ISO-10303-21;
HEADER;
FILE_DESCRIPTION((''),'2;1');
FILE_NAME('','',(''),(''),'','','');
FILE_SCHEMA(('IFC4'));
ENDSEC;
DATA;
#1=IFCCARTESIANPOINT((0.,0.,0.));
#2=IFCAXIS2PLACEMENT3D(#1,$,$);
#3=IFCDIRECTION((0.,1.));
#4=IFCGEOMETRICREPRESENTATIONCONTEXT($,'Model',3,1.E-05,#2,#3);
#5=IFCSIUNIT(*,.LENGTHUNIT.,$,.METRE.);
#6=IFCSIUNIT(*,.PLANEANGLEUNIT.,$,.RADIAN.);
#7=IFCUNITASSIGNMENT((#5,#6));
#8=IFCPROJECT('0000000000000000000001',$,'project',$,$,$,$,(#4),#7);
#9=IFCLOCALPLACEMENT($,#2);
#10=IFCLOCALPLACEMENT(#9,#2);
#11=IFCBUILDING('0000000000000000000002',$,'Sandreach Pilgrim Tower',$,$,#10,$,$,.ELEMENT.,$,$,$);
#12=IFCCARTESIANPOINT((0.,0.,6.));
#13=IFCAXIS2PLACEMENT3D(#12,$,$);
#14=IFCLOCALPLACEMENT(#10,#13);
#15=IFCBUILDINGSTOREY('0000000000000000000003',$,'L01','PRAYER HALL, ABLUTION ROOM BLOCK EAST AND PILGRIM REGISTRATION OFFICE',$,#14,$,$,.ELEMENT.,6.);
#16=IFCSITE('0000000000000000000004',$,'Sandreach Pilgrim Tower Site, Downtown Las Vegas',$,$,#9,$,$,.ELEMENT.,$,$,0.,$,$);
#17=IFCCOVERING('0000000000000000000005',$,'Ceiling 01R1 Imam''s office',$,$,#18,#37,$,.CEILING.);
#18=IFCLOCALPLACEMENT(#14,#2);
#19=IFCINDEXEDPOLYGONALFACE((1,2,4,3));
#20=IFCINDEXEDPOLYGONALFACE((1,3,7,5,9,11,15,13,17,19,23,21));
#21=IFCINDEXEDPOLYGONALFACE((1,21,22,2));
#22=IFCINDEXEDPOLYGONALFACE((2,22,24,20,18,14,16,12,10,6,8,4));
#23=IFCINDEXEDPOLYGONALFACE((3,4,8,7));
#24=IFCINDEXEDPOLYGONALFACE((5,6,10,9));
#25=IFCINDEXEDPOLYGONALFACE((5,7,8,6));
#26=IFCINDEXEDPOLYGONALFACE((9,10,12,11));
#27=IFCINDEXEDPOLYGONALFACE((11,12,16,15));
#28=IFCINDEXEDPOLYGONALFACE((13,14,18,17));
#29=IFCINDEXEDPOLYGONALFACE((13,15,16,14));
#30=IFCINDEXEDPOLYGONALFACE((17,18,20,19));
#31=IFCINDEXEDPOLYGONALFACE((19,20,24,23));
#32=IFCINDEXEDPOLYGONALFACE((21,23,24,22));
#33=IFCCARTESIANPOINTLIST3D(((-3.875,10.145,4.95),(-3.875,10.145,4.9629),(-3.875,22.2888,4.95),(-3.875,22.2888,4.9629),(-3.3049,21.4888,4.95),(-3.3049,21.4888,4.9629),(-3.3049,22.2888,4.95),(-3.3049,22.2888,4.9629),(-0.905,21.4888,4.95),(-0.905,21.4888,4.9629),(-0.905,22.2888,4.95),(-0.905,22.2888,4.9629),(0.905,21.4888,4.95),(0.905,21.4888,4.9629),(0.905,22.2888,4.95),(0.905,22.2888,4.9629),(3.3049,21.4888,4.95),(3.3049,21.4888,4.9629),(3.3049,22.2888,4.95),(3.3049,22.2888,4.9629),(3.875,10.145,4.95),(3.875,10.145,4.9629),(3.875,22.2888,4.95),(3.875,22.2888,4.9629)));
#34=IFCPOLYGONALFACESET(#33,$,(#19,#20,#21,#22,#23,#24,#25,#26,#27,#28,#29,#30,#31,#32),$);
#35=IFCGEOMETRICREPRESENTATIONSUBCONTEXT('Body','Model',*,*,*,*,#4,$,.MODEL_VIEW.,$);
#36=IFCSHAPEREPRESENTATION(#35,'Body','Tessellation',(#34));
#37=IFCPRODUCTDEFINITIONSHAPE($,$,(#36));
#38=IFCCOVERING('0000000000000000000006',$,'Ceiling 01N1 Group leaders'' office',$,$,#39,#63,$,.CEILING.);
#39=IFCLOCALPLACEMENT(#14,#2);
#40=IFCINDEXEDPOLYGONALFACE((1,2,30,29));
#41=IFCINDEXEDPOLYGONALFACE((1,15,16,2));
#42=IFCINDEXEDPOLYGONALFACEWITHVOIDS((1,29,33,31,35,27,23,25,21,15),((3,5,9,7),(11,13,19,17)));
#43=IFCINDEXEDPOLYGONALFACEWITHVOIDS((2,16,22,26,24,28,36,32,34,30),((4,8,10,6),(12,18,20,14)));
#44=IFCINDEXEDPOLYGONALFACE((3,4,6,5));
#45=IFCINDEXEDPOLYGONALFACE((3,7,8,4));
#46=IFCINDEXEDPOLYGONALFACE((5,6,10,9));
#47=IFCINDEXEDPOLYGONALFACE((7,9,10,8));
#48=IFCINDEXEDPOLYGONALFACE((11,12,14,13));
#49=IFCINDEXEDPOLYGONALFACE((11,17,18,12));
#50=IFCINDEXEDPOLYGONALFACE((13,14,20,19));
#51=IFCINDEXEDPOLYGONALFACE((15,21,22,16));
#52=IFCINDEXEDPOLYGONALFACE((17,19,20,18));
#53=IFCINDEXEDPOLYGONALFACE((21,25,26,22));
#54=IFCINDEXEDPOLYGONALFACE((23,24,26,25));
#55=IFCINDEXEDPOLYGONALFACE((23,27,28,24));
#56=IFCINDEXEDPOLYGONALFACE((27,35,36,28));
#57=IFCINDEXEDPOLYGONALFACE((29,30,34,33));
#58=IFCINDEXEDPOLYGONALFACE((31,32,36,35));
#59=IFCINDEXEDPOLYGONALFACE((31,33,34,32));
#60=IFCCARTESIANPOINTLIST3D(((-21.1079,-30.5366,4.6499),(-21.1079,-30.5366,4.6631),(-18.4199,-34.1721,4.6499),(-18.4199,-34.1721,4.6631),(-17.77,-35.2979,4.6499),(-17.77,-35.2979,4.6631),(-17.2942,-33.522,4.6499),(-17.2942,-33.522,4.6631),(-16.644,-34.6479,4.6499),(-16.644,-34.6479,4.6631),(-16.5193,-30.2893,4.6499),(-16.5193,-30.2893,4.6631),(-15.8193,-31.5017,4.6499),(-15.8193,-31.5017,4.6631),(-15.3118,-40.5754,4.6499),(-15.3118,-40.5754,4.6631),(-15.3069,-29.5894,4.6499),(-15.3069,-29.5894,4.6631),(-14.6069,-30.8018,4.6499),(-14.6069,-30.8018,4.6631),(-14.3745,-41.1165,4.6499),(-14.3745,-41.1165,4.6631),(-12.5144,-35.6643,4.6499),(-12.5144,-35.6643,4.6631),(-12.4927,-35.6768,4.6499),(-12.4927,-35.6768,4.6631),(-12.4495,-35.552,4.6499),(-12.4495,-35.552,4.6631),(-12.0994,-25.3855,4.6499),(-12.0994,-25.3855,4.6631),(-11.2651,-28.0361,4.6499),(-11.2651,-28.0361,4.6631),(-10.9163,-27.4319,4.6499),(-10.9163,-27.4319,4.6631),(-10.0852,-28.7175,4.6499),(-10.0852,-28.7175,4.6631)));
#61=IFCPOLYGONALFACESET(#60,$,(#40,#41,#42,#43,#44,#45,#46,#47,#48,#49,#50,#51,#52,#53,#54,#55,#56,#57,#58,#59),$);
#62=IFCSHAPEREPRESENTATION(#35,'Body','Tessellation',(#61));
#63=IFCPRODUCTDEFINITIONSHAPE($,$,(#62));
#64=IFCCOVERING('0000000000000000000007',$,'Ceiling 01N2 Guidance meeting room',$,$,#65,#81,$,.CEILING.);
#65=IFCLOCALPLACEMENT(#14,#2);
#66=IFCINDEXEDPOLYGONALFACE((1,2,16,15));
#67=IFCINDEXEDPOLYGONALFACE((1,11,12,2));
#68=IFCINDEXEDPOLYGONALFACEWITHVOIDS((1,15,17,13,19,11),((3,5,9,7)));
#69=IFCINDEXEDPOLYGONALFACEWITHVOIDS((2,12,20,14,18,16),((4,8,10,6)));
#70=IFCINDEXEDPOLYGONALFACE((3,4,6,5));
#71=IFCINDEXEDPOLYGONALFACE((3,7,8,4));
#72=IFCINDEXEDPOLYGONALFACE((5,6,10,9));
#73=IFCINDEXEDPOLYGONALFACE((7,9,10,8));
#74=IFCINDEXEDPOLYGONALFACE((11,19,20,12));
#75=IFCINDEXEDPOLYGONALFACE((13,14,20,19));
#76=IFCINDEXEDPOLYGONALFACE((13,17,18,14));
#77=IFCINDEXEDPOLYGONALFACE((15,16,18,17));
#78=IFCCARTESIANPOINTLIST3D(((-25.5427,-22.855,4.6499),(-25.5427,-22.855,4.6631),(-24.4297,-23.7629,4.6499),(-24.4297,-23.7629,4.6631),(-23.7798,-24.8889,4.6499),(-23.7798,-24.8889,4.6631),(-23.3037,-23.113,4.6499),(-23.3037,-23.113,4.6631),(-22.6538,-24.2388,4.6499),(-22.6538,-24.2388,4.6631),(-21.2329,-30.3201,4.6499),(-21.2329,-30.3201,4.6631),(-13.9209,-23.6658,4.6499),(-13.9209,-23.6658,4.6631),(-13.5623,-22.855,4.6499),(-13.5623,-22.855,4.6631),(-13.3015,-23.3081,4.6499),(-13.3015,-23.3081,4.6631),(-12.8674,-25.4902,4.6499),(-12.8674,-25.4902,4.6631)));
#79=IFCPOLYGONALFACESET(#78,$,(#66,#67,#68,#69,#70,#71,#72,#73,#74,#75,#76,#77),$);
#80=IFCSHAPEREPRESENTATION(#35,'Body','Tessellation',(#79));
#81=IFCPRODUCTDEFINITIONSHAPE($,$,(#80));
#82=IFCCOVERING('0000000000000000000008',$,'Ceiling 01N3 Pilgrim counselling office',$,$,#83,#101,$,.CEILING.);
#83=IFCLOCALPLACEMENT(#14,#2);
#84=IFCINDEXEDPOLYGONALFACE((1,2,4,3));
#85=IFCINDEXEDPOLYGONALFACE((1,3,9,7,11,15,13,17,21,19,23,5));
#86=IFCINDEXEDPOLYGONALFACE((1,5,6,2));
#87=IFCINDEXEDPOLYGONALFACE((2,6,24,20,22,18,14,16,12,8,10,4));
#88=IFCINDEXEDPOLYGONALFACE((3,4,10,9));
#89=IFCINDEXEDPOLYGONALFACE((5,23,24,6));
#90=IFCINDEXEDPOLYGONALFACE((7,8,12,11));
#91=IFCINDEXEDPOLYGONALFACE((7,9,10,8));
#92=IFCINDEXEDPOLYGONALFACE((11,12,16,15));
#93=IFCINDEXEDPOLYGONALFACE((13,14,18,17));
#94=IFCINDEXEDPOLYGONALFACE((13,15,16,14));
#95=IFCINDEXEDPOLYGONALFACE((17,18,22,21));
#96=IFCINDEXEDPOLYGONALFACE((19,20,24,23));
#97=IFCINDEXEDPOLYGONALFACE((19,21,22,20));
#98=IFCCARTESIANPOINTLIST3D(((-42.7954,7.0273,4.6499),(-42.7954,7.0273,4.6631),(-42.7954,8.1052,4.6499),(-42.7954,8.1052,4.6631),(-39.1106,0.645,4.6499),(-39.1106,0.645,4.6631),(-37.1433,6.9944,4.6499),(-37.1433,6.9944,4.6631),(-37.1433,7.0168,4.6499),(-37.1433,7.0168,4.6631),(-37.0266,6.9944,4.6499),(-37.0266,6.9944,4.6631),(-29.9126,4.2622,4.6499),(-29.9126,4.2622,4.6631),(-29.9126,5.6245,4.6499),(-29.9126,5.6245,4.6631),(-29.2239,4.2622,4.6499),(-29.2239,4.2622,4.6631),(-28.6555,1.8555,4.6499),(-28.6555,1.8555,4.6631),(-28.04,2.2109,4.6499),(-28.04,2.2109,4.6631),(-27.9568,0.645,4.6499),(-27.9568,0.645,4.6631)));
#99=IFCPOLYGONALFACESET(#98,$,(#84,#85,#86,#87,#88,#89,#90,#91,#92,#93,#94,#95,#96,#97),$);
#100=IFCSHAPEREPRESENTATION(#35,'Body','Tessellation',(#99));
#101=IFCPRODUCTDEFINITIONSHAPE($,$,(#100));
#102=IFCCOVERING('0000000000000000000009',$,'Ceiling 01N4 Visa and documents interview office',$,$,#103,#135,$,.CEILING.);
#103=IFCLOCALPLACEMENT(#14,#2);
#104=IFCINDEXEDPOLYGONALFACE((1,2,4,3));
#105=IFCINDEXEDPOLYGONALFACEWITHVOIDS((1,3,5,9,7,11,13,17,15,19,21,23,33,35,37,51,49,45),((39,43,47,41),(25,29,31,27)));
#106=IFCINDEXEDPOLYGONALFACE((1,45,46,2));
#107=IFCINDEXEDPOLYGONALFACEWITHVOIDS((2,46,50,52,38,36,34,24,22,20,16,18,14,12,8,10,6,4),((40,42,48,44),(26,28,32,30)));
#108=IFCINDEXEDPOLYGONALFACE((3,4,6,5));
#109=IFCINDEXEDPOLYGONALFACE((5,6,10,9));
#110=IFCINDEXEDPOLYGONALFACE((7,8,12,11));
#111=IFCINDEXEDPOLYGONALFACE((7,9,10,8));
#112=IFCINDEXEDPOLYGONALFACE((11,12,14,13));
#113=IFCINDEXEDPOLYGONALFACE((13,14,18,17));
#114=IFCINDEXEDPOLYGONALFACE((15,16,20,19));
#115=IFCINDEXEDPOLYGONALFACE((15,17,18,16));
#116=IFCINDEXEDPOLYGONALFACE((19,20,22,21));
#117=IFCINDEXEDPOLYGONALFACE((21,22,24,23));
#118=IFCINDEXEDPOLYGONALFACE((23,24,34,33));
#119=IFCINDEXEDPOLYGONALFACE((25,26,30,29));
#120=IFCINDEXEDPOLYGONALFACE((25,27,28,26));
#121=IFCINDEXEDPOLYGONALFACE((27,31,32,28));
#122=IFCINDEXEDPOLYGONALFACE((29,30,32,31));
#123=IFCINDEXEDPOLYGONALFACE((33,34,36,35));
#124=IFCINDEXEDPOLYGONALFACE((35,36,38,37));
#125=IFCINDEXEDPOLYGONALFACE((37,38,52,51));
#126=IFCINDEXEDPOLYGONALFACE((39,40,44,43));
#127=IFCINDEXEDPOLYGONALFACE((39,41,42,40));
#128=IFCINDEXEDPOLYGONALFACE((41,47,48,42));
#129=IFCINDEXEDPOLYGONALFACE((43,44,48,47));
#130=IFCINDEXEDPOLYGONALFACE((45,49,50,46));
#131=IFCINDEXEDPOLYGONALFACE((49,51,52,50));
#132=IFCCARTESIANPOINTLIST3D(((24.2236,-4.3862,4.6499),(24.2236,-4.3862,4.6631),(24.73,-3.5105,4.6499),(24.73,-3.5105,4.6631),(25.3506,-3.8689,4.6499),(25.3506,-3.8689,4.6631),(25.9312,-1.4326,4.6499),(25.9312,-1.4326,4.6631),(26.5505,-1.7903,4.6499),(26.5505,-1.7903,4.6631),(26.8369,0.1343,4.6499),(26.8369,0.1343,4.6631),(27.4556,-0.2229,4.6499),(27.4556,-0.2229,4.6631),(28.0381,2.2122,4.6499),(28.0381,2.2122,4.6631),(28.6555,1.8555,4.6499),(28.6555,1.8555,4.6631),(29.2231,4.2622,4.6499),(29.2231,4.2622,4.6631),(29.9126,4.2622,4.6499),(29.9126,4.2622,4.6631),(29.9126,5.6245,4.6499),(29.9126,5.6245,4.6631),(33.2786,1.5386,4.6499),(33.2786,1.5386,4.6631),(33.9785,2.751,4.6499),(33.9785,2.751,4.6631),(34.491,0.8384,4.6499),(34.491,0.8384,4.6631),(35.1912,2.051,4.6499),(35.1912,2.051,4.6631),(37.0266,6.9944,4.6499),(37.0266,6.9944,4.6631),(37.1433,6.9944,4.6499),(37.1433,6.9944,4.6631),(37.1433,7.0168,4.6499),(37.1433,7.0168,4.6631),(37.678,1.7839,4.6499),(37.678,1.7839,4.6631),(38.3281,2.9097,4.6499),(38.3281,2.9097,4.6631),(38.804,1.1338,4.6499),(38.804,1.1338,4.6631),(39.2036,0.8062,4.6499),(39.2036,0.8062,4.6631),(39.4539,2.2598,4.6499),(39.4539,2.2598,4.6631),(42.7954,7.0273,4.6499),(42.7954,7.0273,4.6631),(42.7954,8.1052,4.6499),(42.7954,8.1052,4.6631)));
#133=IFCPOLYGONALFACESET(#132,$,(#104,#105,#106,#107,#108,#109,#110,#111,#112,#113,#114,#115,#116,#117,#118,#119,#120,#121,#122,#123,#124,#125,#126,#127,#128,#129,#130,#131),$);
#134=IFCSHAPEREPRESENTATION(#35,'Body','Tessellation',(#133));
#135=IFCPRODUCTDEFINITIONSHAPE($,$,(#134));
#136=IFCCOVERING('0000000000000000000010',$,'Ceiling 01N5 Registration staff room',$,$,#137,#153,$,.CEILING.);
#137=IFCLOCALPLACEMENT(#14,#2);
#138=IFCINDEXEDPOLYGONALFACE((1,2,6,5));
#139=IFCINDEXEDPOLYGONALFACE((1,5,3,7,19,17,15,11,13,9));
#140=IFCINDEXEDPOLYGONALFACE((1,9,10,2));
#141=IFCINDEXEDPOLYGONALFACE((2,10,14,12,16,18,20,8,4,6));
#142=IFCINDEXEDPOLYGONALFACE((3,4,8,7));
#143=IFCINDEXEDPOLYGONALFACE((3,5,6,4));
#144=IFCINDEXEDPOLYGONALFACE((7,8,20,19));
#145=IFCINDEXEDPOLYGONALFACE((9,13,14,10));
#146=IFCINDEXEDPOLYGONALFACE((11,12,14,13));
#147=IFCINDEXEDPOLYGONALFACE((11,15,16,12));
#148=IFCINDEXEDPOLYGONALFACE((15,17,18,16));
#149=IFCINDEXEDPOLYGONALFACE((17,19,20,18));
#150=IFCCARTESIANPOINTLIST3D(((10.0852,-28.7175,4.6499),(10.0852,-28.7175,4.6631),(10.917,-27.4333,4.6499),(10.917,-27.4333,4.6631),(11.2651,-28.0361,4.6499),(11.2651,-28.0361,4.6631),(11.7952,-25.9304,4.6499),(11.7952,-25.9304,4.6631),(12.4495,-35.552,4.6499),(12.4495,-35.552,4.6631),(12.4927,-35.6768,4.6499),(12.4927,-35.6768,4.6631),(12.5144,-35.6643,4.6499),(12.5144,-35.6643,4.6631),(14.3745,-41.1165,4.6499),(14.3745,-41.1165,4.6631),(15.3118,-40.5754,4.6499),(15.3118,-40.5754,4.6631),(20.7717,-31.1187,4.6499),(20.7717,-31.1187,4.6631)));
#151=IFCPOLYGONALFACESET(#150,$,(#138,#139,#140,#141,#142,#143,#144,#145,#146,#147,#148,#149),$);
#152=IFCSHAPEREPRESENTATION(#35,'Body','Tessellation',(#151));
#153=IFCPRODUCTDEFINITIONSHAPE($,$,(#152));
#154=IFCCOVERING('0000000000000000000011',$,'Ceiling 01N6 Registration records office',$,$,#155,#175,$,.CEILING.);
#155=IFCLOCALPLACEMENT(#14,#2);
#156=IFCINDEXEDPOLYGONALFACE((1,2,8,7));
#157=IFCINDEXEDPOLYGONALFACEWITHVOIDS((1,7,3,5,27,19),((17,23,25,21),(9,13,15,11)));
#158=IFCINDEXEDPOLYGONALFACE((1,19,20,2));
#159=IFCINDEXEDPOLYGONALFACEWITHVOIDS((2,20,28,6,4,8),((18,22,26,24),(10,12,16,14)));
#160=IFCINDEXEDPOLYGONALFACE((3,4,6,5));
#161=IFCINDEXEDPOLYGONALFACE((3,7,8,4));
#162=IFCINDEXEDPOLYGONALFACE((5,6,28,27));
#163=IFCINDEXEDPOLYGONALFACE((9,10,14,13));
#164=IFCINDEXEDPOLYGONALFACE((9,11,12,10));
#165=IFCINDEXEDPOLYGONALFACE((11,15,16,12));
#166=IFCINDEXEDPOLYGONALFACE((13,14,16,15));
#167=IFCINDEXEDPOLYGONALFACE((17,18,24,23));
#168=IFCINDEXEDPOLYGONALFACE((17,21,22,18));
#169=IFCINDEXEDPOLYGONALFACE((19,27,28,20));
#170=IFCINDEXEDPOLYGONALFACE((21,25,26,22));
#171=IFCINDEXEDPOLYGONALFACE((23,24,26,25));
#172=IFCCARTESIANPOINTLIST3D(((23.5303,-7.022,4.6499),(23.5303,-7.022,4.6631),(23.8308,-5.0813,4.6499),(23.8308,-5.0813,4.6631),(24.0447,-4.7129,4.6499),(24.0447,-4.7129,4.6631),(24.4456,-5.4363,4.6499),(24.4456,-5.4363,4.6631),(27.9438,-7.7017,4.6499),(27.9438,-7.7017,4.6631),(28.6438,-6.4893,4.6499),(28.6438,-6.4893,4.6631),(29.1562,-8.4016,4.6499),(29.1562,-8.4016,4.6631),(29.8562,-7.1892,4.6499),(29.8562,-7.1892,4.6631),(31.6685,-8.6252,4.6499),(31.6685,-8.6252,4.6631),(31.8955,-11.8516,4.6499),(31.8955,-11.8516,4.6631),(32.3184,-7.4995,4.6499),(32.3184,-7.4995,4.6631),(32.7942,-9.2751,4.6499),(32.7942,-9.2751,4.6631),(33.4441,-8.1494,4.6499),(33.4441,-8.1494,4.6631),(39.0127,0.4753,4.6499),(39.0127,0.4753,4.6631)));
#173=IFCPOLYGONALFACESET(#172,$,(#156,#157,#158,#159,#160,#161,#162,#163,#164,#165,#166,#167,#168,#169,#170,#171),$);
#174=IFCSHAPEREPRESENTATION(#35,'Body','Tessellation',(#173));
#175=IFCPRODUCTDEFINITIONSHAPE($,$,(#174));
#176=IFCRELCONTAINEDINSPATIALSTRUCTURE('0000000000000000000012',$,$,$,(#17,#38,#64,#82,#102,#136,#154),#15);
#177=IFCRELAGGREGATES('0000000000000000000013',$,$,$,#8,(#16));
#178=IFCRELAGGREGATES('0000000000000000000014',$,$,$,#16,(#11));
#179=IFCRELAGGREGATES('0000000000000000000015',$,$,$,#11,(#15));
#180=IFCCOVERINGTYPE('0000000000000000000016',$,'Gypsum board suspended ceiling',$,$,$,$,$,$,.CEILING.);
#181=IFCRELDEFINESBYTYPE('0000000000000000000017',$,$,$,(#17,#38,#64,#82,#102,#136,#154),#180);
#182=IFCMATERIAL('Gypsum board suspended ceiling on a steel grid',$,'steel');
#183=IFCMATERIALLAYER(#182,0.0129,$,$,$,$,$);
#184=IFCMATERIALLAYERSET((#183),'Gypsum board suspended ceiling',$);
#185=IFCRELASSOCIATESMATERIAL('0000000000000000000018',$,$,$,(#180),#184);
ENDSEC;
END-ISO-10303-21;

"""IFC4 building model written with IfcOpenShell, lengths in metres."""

from ifc_helpers import new_model, si_unit, direction, frame, origin, place, context, subcontext, project, spatial, polyline, outline, extrude, material, layer, layer_set, type_object, element, save


model = new_model("IFC4")

# Units and contexts
model_context = context("Model", 3, precision=1e-05, world=origin(), true_north=direction((0.0, 1.0)))
body_context = subcontext(model_context, "Body", "Model", "MODEL_VIEW")
ifc_project = project(units=[si_unit("LENGTHUNIT", "METRE"), si_unit("PLANEANGLEUNIT", "RADIAN")], contexts=[model_context])

# Site, building, storey
site_placement = place(None, origin())
site = spatial("IfcSite", under=ifc_project, at=site_placement, Name="Sandreach Pilgrim Tower Site, Downtown Las Vegas", CompositionType="ELEMENT", RefElevation=0.0)
building_placement = place(site_placement, origin())
building = spatial("IfcBuilding", under=site, at=building_placement, Name="Sandreach Pilgrim Tower", CompositionType="ELEMENT")
storey_placement = place(building_placement, frame((0.0, 0.0, 6.0)))
storey = spatial("IfcBuildingStorey", under=building, at=storey_placement, Name="L01", Description="PRAYER HALL, ABLUTION ROOM BLOCK EAST AND PILGRIM REGISTRATION OFFICE", CompositionType="ELEMENT", Elevation=6.0)

# Coverings
ifc_material_1 = material(Name="Gypsum board suspended ceiling on a steel grid", Category="steel")
ifc_layer_1 = layer(ifc_material_1, 0.0129)
ifc_layer_set_1 = layer_set([ifc_layer_1], Name="Gypsum board suspended ceiling")
covering_type_1 = type_object("IfcCoveringType", Name="Gypsum board suspended ceiling", PredefinedType="CEILING", material=ifc_layer_set_1)
covering_1_placement = place(storey_placement, frame((0.0, 0.0, 4.95)))
element("IfcCovering", 1, at=covering_1_placement, inside=storey, type_object=covering_type_1, Name="Ceiling 01R1 Imam's office", PredefinedType="CEILING", context=body_context, shape_type="SweptSolid", body=[
    extrude(outline(polyline([(0.905, 21.4888), (3.3049, 21.4888), (3.3049, 22.2888), (3.875, 22.2888), (3.875, 10.145), (-3.875, 10.145), (-3.875, 22.2888), (-3.3049, 22.2888), (-3.3049, 21.4888), (-0.905, 21.4888), (-0.905, 22.2888), (0.905, 22.2888), (0.905, 21.4888)])), origin(), (0.0, 0.0, 1.0), 0.0129),
])
covering_2_placement = place(storey_placement, frame((0.0, 0.0, 4.6499)))
element("IfcCovering", 2, at=covering_2_placement, inside=storey, type_object=covering_type_1, Name="Ceiling 01N1 Group leaders' office", PredefinedType="CEILING", context=body_context, shape_type="SweptSolid", body=[
    extrude(outline(polyline([(-21.1079, -30.5366), (-12.0994, -25.3855), (-10.9163, -27.4319), (-11.2651, -28.0361), (-10.0852, -28.7175), (-12.4495, -35.552), (-12.5144, -35.6643), (-12.4927, -35.6768), (-14.3745, -41.1165), (-15.3118, -40.5754), (-21.1079, -30.5366)]), holes=[polyline([(-15.8193, -31.5017), (-14.6069, -30.8018), (-15.3069, -29.5894), (-16.5193, -30.2893), (-15.8193, -31.5017)]), polyline([(-18.4199, -34.1721), (-17.77, -35.2979), (-16.644, -34.6479), (-17.2942, -33.522), (-18.4199, -34.1721)])]), origin(), (0.0, 0.0, 1.0), 0.0132),
])
covering_3_placement = place(storey_placement, frame((0.0, 0.0, 4.6499)))
element("IfcCovering", 3, at=covering_3_placement, inside=storey, type_object=covering_type_1, Name="Ceiling 01N2 Guidance meeting room", PredefinedType="CEILING", context=body_context, shape_type="SweptSolid", body=[
    extrude(outline(polyline([(-13.5623, -22.855), (-13.3015, -23.3081), (-13.9209, -23.6658), (-12.8674, -25.4902), (-21.2329, -30.3201), (-25.5427, -22.855), (-13.5623, -22.855)]), holes=[polyline([(-23.7798, -24.8889), (-22.6538, -24.2388), (-23.3037, -23.113), (-24.4297, -23.7629), (-23.7798, -24.8889)])]), origin(), (0.0, 0.0, 1.0), 0.0132),
])
covering_4_placement = place(storey_placement, frame((0.0, 0.0, 4.6499)))
element("IfcCovering", 4, at=covering_4_placement, inside=storey, type_object=covering_type_1, Name="Ceiling 01N3 Pilgrim counselling office", PredefinedType="CEILING", context=body_context, shape_type="SweptSolid", body=[
    extrude(outline(polyline([(-42.7954, 7.0273), (-42.7954, 8.1052), (-37.1433, 7.0168), (-37.1433, 6.9944), (-37.0266, 6.9944), (-29.9126, 5.6245), (-29.9126, 4.2622), (-29.2239, 4.2622), (-28.04, 2.2109), (-28.6555, 1.8555), (-27.9568, 0.645), (-39.1106, 0.645), (-42.7954, 7.0273)])), origin(), (0.0, 0.0, 1.0), 0.0132),
])
covering_5_placement = place(storey_placement, frame((0.0, 0.0, 4.6499)))
element("IfcCovering", 5, at=covering_5_placement, inside=storey, type_object=covering_type_1, Name="Ceiling 01N4 Visa and documents interview office", PredefinedType="CEILING", context=body_context, shape_type="SweptSolid", body=[
    extrude(outline(polyline([(26.5505, -1.7903), (25.9312, -1.4326), (26.8369, 0.1343), (27.4556, -0.2229), (28.6555, 1.8555), (28.0381, 2.2122), (29.2231, 4.2622), (29.9126, 4.2622), (29.9126, 5.6245), (37.0266, 6.9944), (37.1433, 6.9944), (37.1433, 7.0168), (42.7954, 8.1052), (42.7954, 7.0273), (39.2036, 0.8062), (24.2236, -4.3862), (24.73, -3.5105), (25.3506, -3.8689), (26.5505, -1.7903)]), holes=[polyline([(38.804, 1.1338), (39.4539, 2.2598), (38.3281, 2.9097), (37.678, 1.7839), (38.804, 1.1338)]), polyline([(34.491, 0.8384), (35.1912, 2.051), (33.9785, 2.751), (33.2786, 1.5386), (34.491, 0.8384)])]), origin(), (0.0, 0.0, 1.0), 0.0132),
])
covering_6_placement = place(storey_placement, frame((0.0, 0.0, 4.6499)))
element("IfcCovering", 6, at=covering_6_placement, inside=storey, type_object=covering_type_1, Name="Ceiling 01N5 Registration staff room", PredefinedType="CEILING", context=body_context, shape_type="SweptSolid", body=[
    extrude(outline(polyline([(11.2651, -28.0361), (10.917, -27.4333), (11.7952, -25.9304), (20.7717, -31.1187), (15.3118, -40.5754), (14.3745, -41.1165), (12.4927, -35.6768), (12.5144, -35.6643), (12.4495, -35.552), (10.0852, -28.7175), (11.2651, -28.0361)])), origin(), (0.0, 0.0, 1.0), 0.0132),
])
covering_7_placement = place(storey_placement, frame((0.0, 0.0, 4.6499)))
element("IfcCovering", 7, at=covering_7_placement, inside=storey, type_object=covering_type_1, Name="Ceiling 01N6 Registration records office", PredefinedType="CEILING", context=body_context, shape_type="SweptSolid", body=[
    extrude(outline(polyline([(23.5303, -7.022), (24.4456, -5.4363), (23.8308, -5.0813), (24.0447, -4.7129), (39.0127, 0.4753), (31.8955, -11.8516), (23.5303, -7.022)]), holes=[polyline([(33.4441, -8.1494), (32.3184, -7.4995), (31.6685, -8.6252), (32.7942, -9.2751), (33.4441, -8.1494)]), polyline([(29.1562, -8.4016), (29.8562, -7.1892), (28.6438, -6.4893), (27.9438, -7.7017), (29.1562, -8.4016)])]), origin(), (0.0, 0.0, 1.0), 0.0132),
])

save(model, "model.ifc")
